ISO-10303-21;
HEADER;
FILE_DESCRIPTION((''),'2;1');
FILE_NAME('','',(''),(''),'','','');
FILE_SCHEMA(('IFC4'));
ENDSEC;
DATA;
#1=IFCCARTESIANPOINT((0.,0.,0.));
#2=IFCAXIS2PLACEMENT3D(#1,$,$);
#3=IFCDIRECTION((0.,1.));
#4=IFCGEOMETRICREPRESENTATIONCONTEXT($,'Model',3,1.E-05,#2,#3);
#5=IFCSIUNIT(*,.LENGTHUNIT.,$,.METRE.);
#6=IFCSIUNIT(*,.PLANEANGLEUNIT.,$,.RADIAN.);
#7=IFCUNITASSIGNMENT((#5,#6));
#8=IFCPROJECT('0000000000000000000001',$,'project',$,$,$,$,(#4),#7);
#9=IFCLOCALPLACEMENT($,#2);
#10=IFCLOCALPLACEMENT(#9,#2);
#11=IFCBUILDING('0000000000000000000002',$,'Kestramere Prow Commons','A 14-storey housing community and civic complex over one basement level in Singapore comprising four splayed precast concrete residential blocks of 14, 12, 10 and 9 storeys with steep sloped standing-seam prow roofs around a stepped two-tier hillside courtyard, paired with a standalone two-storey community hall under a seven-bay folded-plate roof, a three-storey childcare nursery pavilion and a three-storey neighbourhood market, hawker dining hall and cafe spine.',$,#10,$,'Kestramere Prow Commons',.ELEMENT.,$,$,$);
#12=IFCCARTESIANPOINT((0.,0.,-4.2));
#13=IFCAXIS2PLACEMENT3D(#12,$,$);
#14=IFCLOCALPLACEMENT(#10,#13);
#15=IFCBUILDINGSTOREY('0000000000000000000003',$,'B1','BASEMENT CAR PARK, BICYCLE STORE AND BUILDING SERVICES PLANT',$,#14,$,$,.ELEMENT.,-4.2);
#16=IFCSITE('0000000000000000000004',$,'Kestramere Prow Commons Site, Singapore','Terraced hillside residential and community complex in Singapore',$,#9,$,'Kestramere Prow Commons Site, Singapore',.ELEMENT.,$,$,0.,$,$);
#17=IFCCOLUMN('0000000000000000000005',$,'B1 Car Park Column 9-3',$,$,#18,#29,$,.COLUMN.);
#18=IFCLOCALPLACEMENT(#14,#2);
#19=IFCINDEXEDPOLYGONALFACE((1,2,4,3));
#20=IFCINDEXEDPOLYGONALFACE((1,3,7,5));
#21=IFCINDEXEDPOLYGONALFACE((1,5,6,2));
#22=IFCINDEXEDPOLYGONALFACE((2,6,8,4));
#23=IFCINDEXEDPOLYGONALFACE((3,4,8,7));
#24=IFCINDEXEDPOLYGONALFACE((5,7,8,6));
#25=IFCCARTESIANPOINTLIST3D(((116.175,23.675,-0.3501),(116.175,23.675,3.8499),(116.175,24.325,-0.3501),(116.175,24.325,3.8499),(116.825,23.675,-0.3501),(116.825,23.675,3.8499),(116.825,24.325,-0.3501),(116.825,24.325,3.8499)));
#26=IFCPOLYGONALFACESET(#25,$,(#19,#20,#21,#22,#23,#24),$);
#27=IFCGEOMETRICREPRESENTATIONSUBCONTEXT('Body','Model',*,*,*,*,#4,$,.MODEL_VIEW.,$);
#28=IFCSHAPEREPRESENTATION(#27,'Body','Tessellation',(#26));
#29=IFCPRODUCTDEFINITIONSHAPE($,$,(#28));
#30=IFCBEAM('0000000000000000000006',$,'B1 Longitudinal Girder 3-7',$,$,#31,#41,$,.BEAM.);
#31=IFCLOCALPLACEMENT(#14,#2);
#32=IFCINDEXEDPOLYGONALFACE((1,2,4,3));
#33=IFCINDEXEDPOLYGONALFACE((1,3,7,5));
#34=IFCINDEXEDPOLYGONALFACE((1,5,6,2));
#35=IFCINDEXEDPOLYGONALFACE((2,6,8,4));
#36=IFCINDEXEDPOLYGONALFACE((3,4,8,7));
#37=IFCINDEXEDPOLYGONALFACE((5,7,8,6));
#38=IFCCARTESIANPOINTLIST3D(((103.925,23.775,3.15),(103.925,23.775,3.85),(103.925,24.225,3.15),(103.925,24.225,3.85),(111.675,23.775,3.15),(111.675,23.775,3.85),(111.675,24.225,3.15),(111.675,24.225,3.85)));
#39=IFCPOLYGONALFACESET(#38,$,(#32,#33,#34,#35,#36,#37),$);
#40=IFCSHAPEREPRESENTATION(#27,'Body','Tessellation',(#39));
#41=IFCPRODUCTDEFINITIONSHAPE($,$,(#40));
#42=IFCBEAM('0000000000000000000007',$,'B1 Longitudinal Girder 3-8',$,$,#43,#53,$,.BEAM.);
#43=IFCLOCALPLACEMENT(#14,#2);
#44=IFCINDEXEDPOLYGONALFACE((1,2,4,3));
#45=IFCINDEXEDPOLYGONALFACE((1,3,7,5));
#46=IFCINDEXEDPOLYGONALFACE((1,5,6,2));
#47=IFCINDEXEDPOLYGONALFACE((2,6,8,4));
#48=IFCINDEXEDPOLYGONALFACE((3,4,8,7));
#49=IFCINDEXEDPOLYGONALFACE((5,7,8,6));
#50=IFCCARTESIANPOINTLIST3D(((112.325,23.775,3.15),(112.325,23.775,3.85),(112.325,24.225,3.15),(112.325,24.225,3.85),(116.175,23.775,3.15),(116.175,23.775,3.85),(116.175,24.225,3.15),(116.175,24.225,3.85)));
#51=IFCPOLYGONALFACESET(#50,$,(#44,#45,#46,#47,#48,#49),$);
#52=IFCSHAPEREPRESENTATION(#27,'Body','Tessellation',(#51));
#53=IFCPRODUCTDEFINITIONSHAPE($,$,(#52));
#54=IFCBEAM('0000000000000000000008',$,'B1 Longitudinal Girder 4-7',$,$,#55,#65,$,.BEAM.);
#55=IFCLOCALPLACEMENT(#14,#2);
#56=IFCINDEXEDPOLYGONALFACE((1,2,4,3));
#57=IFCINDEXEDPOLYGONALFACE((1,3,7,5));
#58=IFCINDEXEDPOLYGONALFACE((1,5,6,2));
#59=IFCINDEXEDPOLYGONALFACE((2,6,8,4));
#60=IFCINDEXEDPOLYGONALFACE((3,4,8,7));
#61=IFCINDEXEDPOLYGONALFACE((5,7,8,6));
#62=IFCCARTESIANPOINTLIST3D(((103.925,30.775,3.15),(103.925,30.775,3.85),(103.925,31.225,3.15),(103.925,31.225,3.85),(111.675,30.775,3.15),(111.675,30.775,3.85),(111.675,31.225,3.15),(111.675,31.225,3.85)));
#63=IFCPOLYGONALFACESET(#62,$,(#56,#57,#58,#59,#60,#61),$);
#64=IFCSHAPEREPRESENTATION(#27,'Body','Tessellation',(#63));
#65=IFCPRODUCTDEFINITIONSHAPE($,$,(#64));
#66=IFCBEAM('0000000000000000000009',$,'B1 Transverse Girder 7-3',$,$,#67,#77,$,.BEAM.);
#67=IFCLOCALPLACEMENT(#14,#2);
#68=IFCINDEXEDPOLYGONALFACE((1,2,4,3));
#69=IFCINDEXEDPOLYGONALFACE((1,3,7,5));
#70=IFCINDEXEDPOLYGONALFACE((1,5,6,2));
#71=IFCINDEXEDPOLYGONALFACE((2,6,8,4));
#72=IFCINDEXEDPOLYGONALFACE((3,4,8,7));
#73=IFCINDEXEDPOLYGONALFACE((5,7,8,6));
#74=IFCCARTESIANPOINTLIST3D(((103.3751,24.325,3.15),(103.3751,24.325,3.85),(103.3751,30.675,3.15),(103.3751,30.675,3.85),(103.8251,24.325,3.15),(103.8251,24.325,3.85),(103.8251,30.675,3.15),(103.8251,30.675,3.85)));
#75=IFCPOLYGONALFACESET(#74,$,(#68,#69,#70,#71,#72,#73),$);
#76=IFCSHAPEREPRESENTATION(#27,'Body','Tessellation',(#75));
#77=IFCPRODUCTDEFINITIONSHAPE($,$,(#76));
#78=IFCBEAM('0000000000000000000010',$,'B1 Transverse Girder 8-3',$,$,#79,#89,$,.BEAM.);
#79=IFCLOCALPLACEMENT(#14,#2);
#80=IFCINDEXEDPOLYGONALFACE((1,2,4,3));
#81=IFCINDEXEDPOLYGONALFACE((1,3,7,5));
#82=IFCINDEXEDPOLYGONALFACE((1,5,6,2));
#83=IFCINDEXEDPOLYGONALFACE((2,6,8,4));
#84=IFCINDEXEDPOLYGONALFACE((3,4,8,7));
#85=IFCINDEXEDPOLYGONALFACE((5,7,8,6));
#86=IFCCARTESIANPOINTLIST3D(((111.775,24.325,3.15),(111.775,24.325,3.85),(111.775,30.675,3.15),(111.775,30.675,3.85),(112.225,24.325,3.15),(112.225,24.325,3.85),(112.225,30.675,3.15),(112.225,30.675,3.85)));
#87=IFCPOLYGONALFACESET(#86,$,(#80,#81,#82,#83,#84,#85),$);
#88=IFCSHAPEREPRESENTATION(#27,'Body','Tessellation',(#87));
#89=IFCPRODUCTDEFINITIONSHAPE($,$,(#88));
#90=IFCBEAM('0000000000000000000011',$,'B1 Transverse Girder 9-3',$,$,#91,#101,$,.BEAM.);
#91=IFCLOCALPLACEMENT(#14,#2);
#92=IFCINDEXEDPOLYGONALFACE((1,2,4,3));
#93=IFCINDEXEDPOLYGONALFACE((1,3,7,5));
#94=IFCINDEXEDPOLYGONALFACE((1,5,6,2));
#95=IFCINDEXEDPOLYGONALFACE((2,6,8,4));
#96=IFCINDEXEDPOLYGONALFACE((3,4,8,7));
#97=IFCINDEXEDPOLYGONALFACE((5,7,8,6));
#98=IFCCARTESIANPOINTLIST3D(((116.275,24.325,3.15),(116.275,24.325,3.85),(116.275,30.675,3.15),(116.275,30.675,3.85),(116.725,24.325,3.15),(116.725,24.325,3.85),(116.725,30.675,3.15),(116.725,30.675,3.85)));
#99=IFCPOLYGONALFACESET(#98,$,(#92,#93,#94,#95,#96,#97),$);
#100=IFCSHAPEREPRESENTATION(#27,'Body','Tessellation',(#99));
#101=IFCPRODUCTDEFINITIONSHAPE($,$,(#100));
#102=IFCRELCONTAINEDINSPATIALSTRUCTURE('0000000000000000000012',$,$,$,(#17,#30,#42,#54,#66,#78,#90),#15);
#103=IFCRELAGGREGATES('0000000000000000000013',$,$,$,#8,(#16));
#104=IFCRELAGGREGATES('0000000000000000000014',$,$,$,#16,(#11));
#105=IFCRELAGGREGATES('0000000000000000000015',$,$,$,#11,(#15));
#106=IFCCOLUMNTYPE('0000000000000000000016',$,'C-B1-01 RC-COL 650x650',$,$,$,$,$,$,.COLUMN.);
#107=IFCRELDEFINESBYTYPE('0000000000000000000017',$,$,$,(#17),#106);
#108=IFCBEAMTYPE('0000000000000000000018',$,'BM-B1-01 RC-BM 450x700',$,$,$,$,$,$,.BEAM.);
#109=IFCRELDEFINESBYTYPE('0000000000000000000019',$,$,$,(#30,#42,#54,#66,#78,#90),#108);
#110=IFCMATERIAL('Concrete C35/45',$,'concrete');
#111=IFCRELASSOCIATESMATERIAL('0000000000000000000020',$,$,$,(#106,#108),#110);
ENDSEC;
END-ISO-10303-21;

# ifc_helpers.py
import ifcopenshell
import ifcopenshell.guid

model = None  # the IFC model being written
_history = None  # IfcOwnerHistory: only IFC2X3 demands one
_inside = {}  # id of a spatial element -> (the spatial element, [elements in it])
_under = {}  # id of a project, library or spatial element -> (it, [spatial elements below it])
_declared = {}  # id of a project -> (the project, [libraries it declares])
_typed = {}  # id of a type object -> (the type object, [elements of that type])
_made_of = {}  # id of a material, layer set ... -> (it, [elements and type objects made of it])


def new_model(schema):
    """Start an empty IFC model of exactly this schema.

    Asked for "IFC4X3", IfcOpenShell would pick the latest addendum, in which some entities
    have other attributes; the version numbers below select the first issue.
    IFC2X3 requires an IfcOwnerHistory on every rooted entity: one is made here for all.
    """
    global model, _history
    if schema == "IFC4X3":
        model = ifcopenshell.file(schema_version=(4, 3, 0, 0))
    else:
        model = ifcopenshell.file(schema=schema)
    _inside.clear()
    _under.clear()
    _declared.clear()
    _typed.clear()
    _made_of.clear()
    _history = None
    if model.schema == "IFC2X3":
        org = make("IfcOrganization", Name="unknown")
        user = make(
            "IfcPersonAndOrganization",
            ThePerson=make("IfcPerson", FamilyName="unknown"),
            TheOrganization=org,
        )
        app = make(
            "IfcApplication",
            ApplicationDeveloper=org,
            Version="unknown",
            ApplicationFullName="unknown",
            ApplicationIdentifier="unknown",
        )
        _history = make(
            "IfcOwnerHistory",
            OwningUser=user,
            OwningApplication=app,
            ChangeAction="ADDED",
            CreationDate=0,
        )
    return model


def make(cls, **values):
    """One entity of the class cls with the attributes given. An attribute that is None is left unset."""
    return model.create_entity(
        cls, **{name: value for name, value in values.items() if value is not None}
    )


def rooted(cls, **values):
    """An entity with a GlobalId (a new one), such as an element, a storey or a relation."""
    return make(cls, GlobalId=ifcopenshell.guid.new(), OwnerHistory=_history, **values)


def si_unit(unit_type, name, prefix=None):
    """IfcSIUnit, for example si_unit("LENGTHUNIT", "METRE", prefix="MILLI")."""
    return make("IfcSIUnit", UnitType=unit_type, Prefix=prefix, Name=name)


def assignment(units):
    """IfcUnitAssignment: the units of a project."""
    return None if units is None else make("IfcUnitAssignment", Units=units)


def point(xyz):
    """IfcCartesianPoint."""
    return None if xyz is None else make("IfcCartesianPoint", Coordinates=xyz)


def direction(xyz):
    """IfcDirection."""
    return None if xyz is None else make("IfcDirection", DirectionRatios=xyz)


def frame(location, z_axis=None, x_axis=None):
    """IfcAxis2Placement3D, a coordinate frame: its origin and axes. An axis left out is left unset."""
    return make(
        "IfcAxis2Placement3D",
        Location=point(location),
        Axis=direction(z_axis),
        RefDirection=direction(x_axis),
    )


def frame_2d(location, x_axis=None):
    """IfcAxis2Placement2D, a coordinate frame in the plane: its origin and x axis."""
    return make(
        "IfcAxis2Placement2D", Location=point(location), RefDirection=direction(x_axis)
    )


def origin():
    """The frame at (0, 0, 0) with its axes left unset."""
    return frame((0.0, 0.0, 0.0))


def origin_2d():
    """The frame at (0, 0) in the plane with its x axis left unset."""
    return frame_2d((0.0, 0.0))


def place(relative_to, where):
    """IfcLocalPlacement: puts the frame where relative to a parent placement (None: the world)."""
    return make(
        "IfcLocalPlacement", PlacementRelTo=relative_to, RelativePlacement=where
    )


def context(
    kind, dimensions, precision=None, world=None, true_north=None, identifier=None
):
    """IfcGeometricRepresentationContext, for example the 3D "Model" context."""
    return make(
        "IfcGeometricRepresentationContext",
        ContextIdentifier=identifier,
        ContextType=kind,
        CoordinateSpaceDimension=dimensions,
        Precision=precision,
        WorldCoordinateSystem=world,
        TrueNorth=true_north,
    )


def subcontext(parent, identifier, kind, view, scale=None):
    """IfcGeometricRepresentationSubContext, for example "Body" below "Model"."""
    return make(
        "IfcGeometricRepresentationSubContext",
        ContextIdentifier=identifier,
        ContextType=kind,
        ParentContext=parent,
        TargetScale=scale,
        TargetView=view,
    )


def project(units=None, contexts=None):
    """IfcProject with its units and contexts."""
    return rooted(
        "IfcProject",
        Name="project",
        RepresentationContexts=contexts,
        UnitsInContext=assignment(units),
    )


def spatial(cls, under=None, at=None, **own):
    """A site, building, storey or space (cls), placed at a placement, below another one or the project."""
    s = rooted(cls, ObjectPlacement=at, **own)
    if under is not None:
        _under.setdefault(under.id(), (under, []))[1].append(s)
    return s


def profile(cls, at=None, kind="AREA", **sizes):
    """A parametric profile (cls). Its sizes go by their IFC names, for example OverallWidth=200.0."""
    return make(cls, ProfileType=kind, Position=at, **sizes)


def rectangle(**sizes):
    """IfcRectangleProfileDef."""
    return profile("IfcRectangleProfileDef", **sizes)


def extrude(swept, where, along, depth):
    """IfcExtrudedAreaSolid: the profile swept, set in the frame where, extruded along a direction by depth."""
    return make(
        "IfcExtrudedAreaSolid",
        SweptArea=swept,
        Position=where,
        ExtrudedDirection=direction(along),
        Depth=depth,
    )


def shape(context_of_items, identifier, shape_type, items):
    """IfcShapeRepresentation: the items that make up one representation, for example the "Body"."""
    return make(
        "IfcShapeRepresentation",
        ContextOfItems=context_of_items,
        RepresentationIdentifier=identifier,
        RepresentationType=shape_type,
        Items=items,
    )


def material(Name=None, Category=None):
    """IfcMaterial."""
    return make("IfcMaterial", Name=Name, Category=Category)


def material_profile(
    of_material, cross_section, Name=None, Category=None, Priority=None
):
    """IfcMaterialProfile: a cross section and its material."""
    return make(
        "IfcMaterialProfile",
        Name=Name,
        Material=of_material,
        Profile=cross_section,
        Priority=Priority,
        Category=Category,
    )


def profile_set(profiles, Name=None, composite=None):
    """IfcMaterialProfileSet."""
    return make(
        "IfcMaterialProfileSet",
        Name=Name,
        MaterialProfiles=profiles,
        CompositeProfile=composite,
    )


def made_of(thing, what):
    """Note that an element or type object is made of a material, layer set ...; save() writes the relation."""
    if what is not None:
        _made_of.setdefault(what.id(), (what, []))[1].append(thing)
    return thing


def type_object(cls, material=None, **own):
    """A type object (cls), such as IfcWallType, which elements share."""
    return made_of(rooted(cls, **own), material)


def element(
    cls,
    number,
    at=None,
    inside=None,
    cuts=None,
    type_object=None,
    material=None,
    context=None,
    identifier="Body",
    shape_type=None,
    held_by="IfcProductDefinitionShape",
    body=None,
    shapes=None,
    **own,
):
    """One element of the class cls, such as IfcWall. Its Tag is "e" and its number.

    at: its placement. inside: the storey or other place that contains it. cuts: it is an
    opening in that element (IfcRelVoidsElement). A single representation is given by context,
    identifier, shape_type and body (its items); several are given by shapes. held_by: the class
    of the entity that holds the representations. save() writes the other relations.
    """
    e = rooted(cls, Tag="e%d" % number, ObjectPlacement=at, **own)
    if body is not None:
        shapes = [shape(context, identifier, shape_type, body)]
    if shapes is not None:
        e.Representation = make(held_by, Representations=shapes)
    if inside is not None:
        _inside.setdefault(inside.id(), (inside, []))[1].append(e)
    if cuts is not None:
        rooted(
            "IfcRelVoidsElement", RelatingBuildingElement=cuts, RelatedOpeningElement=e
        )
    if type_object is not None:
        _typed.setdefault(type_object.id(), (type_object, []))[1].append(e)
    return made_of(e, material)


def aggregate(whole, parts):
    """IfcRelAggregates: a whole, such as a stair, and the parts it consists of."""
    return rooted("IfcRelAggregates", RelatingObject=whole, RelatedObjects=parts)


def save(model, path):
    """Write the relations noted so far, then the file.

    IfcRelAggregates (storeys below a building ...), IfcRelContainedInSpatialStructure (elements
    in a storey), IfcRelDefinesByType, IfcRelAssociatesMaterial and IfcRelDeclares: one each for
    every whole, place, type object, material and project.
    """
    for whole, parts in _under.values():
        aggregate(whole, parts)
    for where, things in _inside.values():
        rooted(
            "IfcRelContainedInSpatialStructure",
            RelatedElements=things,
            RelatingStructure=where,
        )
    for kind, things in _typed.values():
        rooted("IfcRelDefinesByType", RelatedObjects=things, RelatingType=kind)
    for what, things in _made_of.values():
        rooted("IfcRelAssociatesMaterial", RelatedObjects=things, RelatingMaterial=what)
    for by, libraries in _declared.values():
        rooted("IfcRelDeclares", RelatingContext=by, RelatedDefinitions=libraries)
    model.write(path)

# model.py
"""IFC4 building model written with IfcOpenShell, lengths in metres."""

from ifc_helpers import new_model, si_unit, direction, frame, origin, origin_2d, place, context, subcontext, project, spatial, rectangle, extrude, material, material_profile, profile_set, type_object, element, save


model = new_model("IFC4")

# Units and contexts
model_context = context("Model", 3, precision=1e-05, world=origin(), true_north=direction((0.0, 1.0)))
body_context = subcontext(model_context, "Body", "Model", "MODEL_VIEW")
ifc_project = project(units=[si_unit("LENGTHUNIT", "METRE"), si_unit("PLANEANGLEUNIT", "RADIAN")], contexts=[model_context])

# Site, building, storey
site_placement = place(None, origin())
site = spatial("IfcSite", under=ifc_project, at=site_placement, Name="Kestramere Prow Commons Site, Singapore", Description="Terraced hillside residential and community complex in Singapore", LongName="Kestramere Prow Commons Site, Singapore", CompositionType="ELEMENT", RefElevation=0.0)
building_placement = place(site_placement, origin())
building = spatial("IfcBuilding", under=site, at=building_placement, Name="Kestramere Prow Commons", Description="A 14-storey housing community and civic complex over one basement level in Singapore comprising four splayed precast concrete residential blocks of 14, 12, 10 and 9 storeys with steep sloped standing-seam prow roofs around a stepped two-tier hillside courtyard, paired with a standalone two-storey community hall under a seven-bay folded-plate roof, a three-storey childcare nursery pavilion and a three-storey neighbourhood market, hawker dining hall and cafe spine.", LongName="Kestramere Prow Commons", CompositionType="ELEMENT")
storey_placement = place(building_placement, frame((0.0, 0.0, -4.2)))
storey = spatial("IfcBuildingStorey", under=building, at=storey_placement, Name="B1", Description="BASEMENT CAR PARK, BICYCLE STORE AND BUILDING SERVICES PLANT", CompositionType="ELEMENT", Elevation=-4.2)

# Shared definitions
ifc_material = material(Name="Concrete C35/45", Category="concrete")

# Column
ifc_material_profile_1 = material_profile(ifc_material, rectangle(XDim=0.6499, YDim=0.6499, at=origin_2d()), Name="RC-COL 650x650")
ifc_profile_set_1 = profile_set([ifc_material_profile_1], Name="Concrete C35/45")
column_type = type_object("IfcColumnType", Name="C-B1-01 RC-COL 650x650", PredefinedType="COLUMN", material=ifc_profile_set_1)
for number, where, z_axis, x_axis, name in (
    (1, (116.5, 24.0, -0.3501), (0.0, 0.0, 1.0), (1.0, 0.0, 0.0), "B1 Car Park Column 9-3"),
):
    element("IfcColumn", number, at=place(storey_placement, frame(where, z_axis=z_axis, x_axis=x_axis)), inside=storey, type_object=column_type, Name=name, PredefinedType="COLUMN", context=body_context, shape_type="SweptSolid", body=[
        extrude(rectangle(XDim=0.6499, YDim=0.6499, at=origin_2d()), origin(), (0.0, 0.0, 1.0), 4.2),
    ])

# Beams
ifc_material_profile_2 = material_profile(ifc_material, rectangle(XDim=0.45, YDim=0.7, at=origin_2d()), Name="RC-BM 450x700")
ifc_profile_set_2 = profile_set([ifc_material_profile_2], Name="Concrete C35/45")
beam_type = type_object("IfcBeamType", Name="BM-B1-01 RC-BM 450x700", PredefinedType="BEAM", material=ifc_profile_set_2)
beam_1_placement = place(storey_placement, frame((103.925, 24.0, 3.5), z_axis=(1.0, 0.0, 0.0), x_axis=(0.0, 1.0, 0.0)))
element("IfcBeam", 2, at=beam_1_placement, inside=storey, type_object=beam_type, Name="B1 Longitudinal Girder 3-7", PredefinedType="BEAM", context=body_context, shape_type="SweptSolid", body=[
    extrude(rectangle(XDim=0.45, YDim=0.7, at=origin_2d()), origin(), (0.0, 0.0, 1.0), 7.75),
])
beam_2_placement = place(storey_placement, frame((112.325, 24.0, 3.5), z_axis=(1.0, 0.0, 0.0), x_axis=(0.0, 1.0, 0.0)))
element("IfcBeam", 3, at=beam_2_placement, inside=storey, type_object=beam_type, Name="B1 Longitudinal Girder 3-8", PredefinedType="BEAM", context=body_context, shape_type="SweptSolid", body=[
    extrude(rectangle(XDim=0.45, YDim=0.7, at=origin_2d()), origin(), (0.0, 0.0, 1.0), 3.8501),
])
beam_3_placement = place(storey_placement, frame((103.925, 31.0, 3.5), z_axis=(1.0, 0.0, 0.0), x_axis=(0.0, 1.0, 0.0)))
element("IfcBeam", 4, at=beam_3_placement, inside=storey, type_object=beam_type, Name="B1 Longitudinal Girder 4-7", PredefinedType="BEAM", context=body_context, shape_type="SweptSolid", body=[
    extrude(rectangle(XDim=0.45, YDim=0.7, at=origin_2d()), origin(), (0.0, 0.0, 1.0), 7.75),
])
for number, where, z_axis, x_axis, name in (
    (5, (103.6001, 24.325, 3.5), (0.0, 1.0, 0.0), (-1.0, 0.0, 0.0), "B1 Transverse Girder 7-3"),
    (6, (112.0, 24.325, 3.5), (0.0, 1.0, 0.0), (-1.0, 0.0, 0.0), "B1 Transverse Girder 8-3"),
    (7, (116.5, 24.325, 3.5), (0.0, 1.0, 0.0), (-1.0, 0.0, 0.0), "B1 Transverse Girder 9-3"),
):
    element("IfcBeam", number, at=place(storey_placement, frame(where, z_axis=z_axis, x_axis=x_axis)), inside=storey, type_object=beam_type, Name=name, PredefinedType="BEAM", context=body_context, shape_type="SweptSolid", body=[
        extrude(rectangle(XDim=0.45, YDim=0.7, at=origin_2d()), origin(), (0.0, 0.0, 1.0), 6.3501),
    ])

save(model, "model.ifc")
